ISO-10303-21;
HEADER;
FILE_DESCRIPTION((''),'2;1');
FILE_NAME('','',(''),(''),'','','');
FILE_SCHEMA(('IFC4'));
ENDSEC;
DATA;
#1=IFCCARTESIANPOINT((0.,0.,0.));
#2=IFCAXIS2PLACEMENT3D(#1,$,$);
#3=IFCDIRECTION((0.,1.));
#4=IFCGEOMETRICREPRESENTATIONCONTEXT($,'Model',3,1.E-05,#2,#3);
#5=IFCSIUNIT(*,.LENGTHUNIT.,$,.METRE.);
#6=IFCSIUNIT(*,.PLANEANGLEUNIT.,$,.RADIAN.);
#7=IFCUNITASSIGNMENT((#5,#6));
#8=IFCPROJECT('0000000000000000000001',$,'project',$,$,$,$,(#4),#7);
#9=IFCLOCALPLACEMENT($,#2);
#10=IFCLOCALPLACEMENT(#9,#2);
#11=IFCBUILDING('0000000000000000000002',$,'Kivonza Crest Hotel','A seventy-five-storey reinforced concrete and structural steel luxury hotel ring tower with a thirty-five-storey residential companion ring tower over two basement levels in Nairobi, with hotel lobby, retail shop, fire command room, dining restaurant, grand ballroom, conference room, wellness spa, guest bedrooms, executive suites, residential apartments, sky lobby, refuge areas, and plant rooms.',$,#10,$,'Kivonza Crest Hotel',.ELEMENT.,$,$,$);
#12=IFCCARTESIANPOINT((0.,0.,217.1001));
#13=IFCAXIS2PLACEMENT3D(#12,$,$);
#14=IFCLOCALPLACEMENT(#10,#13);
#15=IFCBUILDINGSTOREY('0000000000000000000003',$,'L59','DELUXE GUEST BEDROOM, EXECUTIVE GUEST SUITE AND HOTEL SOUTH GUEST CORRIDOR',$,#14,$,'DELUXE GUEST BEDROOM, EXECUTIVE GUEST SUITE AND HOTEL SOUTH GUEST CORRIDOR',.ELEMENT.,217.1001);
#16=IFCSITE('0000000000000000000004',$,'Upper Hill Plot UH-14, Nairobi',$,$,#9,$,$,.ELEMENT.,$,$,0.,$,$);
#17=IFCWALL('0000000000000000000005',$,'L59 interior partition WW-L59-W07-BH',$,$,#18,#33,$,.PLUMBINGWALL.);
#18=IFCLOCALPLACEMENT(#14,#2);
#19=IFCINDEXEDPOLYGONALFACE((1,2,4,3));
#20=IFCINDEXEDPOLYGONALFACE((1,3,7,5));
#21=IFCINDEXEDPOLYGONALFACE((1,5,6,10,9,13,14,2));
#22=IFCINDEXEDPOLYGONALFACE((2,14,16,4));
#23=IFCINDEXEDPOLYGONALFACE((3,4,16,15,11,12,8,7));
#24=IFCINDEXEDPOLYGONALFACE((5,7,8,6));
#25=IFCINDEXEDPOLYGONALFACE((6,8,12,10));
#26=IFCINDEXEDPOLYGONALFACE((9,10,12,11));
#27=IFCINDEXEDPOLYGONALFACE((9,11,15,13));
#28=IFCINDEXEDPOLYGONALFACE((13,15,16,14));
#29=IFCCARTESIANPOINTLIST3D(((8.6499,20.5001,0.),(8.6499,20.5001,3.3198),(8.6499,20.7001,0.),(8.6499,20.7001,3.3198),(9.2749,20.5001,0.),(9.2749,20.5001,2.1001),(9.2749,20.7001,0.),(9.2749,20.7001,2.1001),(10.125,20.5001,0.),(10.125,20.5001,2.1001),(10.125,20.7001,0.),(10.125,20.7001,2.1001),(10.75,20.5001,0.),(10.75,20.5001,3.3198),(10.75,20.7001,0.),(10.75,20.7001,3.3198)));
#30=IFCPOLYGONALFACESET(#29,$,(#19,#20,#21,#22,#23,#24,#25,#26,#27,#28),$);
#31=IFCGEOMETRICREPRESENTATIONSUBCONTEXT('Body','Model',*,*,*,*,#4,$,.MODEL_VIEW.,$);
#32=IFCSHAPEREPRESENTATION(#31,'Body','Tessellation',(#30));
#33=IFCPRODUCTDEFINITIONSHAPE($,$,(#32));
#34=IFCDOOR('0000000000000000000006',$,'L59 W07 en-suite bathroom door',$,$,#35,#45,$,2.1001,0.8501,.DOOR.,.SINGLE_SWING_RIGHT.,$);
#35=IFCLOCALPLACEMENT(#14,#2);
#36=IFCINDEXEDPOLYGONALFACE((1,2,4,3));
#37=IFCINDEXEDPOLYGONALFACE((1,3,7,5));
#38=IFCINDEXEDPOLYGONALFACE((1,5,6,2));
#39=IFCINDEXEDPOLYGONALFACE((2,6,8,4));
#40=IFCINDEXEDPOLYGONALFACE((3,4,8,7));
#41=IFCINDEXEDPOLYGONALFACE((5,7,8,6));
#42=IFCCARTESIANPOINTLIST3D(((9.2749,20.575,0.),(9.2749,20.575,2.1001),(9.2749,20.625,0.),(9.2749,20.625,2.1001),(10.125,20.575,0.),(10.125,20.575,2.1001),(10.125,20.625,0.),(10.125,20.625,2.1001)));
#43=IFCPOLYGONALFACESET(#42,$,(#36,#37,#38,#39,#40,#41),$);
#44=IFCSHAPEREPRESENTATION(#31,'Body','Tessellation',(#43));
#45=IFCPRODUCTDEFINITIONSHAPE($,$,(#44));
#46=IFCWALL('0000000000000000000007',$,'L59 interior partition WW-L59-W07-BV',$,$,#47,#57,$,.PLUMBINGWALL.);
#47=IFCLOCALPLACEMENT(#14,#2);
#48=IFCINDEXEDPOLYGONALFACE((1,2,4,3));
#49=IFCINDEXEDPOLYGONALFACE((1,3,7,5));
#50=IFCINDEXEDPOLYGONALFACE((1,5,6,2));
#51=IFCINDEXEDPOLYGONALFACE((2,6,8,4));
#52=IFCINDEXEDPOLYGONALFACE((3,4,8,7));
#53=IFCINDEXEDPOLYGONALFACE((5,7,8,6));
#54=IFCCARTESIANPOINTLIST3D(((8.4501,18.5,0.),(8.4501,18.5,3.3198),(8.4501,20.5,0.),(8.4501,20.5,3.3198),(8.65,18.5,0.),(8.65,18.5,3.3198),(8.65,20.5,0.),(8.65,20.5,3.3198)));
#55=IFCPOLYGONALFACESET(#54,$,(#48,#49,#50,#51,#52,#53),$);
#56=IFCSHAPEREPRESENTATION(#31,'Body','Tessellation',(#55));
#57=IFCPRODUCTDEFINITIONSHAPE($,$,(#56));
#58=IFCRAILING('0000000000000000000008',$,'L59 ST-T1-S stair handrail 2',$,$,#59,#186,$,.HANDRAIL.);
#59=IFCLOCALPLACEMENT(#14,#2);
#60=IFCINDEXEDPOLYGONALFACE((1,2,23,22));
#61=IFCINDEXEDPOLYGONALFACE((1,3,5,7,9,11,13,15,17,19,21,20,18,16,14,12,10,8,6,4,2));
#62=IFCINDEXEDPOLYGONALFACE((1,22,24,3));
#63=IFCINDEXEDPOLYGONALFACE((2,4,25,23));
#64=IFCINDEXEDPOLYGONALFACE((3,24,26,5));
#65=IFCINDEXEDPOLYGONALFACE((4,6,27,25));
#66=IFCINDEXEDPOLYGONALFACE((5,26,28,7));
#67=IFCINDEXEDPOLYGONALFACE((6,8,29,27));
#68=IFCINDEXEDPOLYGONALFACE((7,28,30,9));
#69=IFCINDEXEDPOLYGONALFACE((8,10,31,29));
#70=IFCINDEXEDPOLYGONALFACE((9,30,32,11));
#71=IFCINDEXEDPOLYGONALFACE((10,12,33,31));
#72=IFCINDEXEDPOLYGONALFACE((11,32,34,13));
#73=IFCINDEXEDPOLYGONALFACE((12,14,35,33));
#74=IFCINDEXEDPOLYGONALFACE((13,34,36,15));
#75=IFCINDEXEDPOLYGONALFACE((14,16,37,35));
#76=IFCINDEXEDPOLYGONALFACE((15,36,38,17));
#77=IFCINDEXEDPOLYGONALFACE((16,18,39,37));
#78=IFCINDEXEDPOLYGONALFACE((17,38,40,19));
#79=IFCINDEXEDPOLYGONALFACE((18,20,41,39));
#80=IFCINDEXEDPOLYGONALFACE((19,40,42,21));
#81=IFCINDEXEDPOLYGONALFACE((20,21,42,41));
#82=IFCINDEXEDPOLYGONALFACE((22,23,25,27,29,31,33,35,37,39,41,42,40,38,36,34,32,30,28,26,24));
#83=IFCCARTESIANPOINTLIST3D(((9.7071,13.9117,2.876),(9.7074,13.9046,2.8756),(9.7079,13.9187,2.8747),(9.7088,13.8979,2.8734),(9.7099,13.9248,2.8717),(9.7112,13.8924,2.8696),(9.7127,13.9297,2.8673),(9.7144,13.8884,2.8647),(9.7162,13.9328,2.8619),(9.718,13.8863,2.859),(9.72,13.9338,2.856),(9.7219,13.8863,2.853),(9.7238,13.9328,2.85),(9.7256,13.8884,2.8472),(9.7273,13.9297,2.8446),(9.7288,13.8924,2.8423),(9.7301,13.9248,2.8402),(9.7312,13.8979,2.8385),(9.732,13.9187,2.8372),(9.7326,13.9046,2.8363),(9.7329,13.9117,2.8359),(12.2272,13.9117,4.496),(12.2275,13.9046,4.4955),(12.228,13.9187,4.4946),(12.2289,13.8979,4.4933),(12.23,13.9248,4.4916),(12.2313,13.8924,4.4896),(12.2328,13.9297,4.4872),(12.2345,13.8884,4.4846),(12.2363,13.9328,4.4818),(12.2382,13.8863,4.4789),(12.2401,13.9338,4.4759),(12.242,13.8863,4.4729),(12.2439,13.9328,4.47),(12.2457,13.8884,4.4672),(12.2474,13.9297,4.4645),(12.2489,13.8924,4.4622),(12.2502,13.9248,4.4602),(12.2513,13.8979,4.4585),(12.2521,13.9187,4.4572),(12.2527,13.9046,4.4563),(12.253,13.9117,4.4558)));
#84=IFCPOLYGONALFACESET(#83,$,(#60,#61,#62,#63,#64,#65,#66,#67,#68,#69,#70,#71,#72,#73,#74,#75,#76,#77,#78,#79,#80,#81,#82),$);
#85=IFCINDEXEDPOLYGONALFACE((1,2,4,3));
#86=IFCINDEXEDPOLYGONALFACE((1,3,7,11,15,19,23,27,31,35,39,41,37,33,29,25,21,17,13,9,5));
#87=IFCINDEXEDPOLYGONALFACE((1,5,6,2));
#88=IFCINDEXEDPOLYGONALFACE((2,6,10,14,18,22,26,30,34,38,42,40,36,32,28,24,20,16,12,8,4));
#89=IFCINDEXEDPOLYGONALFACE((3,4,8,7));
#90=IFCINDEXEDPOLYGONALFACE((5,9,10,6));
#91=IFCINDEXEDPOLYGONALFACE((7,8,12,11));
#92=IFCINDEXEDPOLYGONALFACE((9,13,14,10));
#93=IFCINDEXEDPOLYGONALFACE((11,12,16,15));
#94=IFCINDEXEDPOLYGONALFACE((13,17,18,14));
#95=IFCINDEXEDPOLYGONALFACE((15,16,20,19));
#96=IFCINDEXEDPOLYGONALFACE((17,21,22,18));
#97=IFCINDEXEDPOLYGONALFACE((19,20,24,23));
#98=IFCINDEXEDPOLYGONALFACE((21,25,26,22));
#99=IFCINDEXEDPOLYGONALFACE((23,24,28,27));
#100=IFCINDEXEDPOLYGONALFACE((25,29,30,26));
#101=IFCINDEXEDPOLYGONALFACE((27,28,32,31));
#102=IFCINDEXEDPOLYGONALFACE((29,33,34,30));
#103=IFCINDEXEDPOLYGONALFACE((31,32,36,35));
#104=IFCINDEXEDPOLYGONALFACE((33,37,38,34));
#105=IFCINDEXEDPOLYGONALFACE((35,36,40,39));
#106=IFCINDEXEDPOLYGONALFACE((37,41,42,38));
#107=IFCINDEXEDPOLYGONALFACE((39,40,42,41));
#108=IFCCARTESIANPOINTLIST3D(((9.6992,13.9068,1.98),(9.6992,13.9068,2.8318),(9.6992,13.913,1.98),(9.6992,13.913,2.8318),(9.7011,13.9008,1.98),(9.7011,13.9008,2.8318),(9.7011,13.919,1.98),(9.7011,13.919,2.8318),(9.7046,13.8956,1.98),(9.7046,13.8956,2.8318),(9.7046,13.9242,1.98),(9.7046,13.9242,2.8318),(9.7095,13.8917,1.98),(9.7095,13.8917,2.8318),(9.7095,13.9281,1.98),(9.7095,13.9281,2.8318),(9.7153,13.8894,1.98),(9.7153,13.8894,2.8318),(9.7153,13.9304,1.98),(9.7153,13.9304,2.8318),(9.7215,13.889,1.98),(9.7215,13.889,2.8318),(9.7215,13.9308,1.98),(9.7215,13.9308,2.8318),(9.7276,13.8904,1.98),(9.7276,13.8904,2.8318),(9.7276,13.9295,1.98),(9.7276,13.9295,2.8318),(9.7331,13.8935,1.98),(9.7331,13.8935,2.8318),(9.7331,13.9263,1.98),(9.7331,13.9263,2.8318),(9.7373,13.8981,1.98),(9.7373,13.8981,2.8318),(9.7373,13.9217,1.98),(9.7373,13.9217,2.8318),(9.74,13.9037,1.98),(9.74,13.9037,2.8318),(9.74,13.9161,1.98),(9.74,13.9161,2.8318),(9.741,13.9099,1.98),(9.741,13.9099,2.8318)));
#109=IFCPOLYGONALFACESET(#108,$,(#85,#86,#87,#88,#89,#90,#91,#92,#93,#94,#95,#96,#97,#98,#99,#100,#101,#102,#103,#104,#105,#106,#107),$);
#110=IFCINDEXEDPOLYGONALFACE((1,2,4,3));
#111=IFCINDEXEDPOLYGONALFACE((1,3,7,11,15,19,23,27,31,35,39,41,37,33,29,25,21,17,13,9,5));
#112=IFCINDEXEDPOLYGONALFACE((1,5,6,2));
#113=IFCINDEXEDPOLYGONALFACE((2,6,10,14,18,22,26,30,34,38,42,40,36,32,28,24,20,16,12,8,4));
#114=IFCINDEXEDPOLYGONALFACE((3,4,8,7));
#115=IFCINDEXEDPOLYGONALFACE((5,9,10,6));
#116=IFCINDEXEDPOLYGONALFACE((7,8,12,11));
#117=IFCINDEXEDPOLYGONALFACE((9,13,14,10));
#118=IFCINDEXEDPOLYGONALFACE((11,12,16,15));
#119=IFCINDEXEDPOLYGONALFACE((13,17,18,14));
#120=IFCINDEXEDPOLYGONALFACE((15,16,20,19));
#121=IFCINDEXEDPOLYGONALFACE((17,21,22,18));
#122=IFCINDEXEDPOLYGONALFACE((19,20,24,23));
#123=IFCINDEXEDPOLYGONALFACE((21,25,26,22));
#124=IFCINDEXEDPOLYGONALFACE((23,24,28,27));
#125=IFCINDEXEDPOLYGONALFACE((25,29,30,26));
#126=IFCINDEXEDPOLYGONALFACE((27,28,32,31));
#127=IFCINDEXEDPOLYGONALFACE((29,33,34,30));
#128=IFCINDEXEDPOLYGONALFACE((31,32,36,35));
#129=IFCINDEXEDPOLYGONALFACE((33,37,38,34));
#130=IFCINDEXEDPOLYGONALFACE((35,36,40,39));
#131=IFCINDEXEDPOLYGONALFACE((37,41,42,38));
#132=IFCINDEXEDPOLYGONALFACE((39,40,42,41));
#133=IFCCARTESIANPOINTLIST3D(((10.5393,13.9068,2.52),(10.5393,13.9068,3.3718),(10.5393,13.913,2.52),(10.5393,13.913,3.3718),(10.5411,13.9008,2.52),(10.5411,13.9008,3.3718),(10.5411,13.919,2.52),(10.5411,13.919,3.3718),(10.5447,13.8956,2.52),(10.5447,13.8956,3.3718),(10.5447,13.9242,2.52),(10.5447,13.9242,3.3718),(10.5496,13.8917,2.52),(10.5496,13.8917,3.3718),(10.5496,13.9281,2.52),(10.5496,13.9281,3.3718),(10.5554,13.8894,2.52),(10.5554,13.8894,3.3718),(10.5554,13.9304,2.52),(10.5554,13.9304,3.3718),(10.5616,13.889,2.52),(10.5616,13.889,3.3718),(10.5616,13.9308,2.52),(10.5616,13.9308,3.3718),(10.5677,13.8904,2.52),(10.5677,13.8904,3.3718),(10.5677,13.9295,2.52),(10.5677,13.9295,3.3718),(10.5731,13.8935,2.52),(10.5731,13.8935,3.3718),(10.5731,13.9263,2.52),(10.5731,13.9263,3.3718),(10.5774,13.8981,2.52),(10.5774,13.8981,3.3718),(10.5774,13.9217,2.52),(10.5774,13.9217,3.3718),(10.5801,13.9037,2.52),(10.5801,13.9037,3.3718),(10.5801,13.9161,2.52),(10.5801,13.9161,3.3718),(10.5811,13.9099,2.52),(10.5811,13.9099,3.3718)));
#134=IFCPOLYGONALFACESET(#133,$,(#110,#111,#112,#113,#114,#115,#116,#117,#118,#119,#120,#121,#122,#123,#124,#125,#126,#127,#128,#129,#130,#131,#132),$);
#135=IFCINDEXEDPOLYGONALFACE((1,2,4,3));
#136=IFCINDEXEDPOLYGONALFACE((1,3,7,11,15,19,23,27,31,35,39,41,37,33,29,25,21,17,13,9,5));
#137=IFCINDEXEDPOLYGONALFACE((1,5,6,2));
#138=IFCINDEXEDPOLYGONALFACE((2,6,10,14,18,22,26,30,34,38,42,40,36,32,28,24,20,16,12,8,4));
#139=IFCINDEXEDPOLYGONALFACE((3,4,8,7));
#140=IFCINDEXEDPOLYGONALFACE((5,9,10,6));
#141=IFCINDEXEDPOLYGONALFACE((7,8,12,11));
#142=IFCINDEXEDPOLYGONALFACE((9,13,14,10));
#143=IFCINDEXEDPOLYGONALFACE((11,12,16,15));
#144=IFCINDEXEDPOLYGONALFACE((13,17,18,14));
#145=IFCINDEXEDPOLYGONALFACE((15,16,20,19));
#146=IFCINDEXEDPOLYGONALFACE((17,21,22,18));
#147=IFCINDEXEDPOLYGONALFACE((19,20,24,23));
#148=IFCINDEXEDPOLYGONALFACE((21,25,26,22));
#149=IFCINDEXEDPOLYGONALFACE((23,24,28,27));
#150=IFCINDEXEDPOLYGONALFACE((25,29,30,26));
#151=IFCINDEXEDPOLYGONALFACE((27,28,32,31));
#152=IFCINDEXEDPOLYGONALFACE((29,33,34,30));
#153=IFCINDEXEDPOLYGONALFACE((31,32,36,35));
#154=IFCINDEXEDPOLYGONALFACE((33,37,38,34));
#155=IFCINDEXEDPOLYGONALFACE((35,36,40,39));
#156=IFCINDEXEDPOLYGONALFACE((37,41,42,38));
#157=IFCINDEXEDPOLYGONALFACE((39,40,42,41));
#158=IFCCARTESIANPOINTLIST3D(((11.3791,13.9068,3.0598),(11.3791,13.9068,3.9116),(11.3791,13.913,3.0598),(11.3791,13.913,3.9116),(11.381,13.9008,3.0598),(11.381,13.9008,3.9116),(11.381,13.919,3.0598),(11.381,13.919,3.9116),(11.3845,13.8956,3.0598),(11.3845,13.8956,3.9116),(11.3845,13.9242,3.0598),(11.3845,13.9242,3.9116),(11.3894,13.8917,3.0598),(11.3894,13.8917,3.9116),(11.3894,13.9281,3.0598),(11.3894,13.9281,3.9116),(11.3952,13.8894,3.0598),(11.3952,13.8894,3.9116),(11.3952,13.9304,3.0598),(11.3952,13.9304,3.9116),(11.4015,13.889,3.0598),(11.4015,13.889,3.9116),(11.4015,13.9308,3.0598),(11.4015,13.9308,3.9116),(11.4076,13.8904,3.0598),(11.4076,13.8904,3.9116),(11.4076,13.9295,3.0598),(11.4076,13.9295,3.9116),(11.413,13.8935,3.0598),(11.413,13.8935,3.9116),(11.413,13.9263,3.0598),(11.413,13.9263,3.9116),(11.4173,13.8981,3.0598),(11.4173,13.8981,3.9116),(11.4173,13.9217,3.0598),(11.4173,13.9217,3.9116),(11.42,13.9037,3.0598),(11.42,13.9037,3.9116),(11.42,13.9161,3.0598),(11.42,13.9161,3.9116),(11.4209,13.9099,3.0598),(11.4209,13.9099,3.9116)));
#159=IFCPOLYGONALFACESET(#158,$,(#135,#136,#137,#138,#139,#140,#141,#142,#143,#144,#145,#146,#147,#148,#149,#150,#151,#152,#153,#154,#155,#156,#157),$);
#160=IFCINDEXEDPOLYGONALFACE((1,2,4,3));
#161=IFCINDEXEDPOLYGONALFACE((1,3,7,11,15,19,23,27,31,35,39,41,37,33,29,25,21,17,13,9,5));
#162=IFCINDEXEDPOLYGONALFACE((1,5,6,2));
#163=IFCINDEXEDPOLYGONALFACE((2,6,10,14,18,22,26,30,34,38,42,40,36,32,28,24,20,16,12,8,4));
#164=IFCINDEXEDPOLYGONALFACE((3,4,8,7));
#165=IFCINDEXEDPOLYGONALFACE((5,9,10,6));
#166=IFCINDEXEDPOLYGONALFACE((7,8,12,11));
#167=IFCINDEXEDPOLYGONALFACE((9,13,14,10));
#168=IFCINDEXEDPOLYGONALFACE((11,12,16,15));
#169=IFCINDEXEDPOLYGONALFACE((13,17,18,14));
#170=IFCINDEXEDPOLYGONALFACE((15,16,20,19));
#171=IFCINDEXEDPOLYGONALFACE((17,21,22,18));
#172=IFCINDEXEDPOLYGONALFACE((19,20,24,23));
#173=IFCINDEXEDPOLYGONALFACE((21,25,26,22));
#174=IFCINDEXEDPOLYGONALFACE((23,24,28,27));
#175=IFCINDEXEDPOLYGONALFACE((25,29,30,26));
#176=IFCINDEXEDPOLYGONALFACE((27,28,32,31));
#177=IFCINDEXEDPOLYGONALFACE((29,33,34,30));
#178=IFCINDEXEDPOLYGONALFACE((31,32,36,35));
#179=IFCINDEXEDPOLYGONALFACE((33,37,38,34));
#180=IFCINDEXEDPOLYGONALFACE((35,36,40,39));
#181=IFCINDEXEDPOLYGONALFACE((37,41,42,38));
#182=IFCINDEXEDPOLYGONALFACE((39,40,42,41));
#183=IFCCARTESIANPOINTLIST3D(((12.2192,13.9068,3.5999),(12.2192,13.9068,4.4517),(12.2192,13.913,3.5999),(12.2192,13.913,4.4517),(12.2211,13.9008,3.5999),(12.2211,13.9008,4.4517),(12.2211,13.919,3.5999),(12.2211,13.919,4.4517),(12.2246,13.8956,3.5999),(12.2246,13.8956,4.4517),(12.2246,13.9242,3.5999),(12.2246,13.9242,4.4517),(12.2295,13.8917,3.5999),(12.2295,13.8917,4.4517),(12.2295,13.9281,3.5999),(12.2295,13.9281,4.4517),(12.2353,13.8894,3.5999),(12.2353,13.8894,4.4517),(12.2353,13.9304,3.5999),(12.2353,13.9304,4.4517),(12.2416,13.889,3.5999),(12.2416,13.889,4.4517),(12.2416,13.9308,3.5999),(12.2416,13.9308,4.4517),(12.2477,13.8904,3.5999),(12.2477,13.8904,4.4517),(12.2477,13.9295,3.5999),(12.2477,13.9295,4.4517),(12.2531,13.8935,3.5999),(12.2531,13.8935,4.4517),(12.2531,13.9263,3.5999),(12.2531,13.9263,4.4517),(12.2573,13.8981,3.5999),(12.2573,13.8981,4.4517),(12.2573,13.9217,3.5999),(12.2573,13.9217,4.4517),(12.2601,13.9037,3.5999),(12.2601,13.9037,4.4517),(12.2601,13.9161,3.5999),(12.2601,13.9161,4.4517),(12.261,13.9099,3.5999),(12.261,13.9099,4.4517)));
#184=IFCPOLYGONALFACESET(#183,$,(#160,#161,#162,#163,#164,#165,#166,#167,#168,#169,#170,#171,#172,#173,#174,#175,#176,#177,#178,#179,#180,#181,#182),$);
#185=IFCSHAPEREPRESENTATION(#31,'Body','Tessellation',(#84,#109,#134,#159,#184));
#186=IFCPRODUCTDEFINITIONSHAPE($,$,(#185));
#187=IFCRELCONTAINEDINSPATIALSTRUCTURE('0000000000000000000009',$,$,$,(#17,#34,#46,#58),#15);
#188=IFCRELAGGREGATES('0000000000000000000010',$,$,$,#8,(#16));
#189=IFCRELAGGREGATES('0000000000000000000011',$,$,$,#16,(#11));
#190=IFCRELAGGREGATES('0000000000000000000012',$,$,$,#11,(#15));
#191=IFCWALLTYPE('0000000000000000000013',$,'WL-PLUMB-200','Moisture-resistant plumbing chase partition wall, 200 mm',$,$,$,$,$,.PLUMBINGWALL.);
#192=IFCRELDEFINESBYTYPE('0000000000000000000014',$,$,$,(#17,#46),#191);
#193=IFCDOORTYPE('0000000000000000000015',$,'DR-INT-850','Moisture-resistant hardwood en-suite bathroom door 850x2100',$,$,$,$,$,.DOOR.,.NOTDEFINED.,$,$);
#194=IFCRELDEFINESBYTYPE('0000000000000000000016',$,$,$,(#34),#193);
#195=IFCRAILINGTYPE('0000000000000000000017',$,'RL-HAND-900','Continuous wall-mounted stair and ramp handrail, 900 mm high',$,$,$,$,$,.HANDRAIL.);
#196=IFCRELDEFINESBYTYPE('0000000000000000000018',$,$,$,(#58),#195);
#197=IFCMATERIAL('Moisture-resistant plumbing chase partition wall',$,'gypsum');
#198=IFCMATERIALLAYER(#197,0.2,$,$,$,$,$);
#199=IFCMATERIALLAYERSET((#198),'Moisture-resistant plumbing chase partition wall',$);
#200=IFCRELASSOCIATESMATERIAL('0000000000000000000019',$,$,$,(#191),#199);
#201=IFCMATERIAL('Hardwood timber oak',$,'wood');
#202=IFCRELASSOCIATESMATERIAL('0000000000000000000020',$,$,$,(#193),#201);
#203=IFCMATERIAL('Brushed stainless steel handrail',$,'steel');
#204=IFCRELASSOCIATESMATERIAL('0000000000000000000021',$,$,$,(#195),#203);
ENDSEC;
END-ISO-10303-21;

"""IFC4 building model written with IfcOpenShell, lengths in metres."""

from ifc_helpers import new_model, si_unit, direction, frame, frame_2d, origin, origin_2d, place, context, subcontext, project, spatial, rectangle, circle, extrude, material, layer, layer_set, type_object, element, fill, save


model = new_model("IFC4")

# Units and contexts
model_context = context("Model", 3, precision=1e-05, world=origin(), true_north=direction((0.0, 1.0)))
body_context = subcontext(model_context, "Body", "Model", "MODEL_VIEW")
ifc_project = project(units=[si_unit("LENGTHUNIT", "METRE"), si_unit("PLANEANGLEUNIT", "RADIAN")], contexts=[model_context])

# Site, building, storey
site_placement = place(None, origin())
site = spatial("IfcSite", under=ifc_project, at=site_placement, Name="Upper Hill Plot UH-14, Nairobi", CompositionType="ELEMENT", RefElevation=0.0)
building_placement = place(site_placement, origin())
building = spatial("IfcBuilding", under=site, at=building_placement, Name="Kivonza Crest Hotel", Description="A seventy-five-storey reinforced concrete and structural steel luxury hotel ring tower with a thirty-five-storey residential companion ring tower over two basement levels in Nairobi, with hotel lobby, retail shop, fire command room, dining restaurant, grand ballroom, conference room, wellness spa, guest bedrooms, executive suites, residential apartments, sky lobby, refuge areas, and plant rooms.", LongName="Kivonza Crest Hotel", CompositionType="ELEMENT")
storey_placement = place(building_placement, frame((0.0, 0.0, 217.1001)))
storey = spatial("IfcBuildingStorey", under=building, at=storey_placement, Name="L59", Description="DELUXE GUEST BEDROOM, EXECUTIVE GUEST SUITE AND HOTEL SOUTH GUEST CORRIDOR", LongName="DELUXE GUEST BEDROOM, EXECUTIVE GUEST SUITE AND HOTEL SOUTH GUEST CORRIDOR", CompositionType="ELEMENT", Elevation=217.1001)

# Shared definitions
ifc_material_1 = material(Name="Hardwood timber oak", Category="wood")

# Wall, opening, door
ifc_material_2 = material(Name="Moisture-resistant plumbing chase partition wall", Category="gypsum")
ifc_layer_1 = layer(ifc_material_2, 0.2)
ifc_layer_set_1 = layer_set([ifc_layer_1], Name="Moisture-resistant plumbing chase partition wall")
wall_type_1 = type_object("IfcWallType", Name="WL-PLUMB-200", Description="Moisture-resistant plumbing chase partition wall, 200 mm", PredefinedType="PLUMBINGWALL", material=ifc_layer_set_1)
wall_1_placement = place(storey_placement, frame((8.6499, 20.6001, 0.0), z_axis=(0.0, 0.0, 1.0), x_axis=(1.0, 0.0, 0.0)))
wall_1 = element("IfcWall", 1, at=wall_1_placement, inside=storey, type_object=wall_type_1, Name="L59 interior partition WW-L59-W07-BH", PredefinedType="PLUMBINGWALL", context=body_context, shape_type="SweptSolid", body=[
    extrude(rectangle(XDim=2.1001, YDim=0.2, at=frame_2d((1.05, 0.0))), origin(), (0.0, 0.0, 1.0), 3.3198),
])
opening_1_placement = place(wall_1_placement, frame((0.625, 0.0, 0.0)))
opening_1 = element("IfcOpeningElement", 2, at=opening_1_placement, cuts=wall_1, PredefinedType="OPENING", context=body_context, shape_type="SweptSolid", body=[
    extrude(rectangle(XDim=0.8501, YDim=2.1001, at=frame_2d((0.425, 1.05))), frame((0.0, 0.1099, 0.0), z_axis=(0.0, -1.0, 0.0), x_axis=(1.0, 0.0, 0.0)), (0.0, 0.0, 1.0), 0.22),
])
door_type_1 = type_object("IfcDoorType", Name="DR-INT-850", Description="Moisture-resistant hardwood en-suite bathroom door 850x2100", OperationType="NOTDEFINED", PredefinedType="DOOR", material=ifc_material_1)
door_1_placement = place(opening_1_placement, origin())
door_1 = element("IfcDoor", 3, at=door_1_placement, inside=storey, type_object=door_type_1, Name="L59 W07 en-suite bathroom door", OperationType="SINGLE_SWING_RIGHT", OverallHeight=2.1001, OverallWidth=0.8501, PredefinedType="DOOR", context=body_context, shape_type="SweptSolid", body=[
    extrude(rectangle(XDim=0.8501, YDim=2.1001, at=frame_2d((0.425, 1.05))), frame((0.0, 0.0249, 0.0), z_axis=(0.0, -1.0, 0.0), x_axis=(1.0, 0.0, 0.0)), (0.0, 0.0, 1.0), 0.05),
])
fill(opening_1, door_1)

# Wall
wall_2_placement = place(storey_placement, frame((8.55, 18.5, 0.0), z_axis=(0.0, 0.0, 1.0), x_axis=(0.0, 1.0, 0.0)))
element("IfcWall", 4, at=wall_2_placement, inside=storey, type_object=wall_type_1, Name="L59 interior partition WW-L59-W07-BV", PredefinedType="PLUMBINGWALL", context=body_context, shape_type="SweptSolid", body=[
    extrude(rectangle(XDim=2.0, YDim=0.2, at=frame_2d((1.0, 0.0))), origin(), (0.0, 0.0, 1.0), 3.3198),
])

# Railing
ifc_material_3 = material(Name="Brushed stainless steel handrail", Category="steel")
railing_type_1 = type_object("IfcRailingType", Name="RL-HAND-900", Description="Continuous wall-mounted stair and ramp handrail, 900 mm high", PredefinedType="HANDRAIL", material=ifc_material_3)
railing_1_placement = place(storey_placement, frame((9.72, 13.9099, 1.98)))
element("IfcRailing", 5, at=railing_1_placement, inside=storey, type_object=railing_type_1, Name="L59 ST-T1-S stair handrail 2", PredefinedType="HANDRAIL", context=body_context, shape_type="SweptSolid", body=[
    extrude(circle(Radius=0.0239, at=origin_2d()), frame((0.0, 0.0, 0.876), z_axis=(0.8412, 0.0, 0.540725), x_axis=(0.0, 1.0, 0.0)), (0.0, 0.0, 1.0), 2.9958),
    extrude(circle(Radius=0.021, at=origin_2d()), origin(), (0.0, 0.0, 1.0), 0.8518),
    extrude(circle(Radius=0.021, at=origin_2d()), frame((0.8401, 0.0, 0.54)), (0.0, 0.0, 1.0), 0.8518),
    extrude(circle(Radius=0.021, at=origin_2d()), frame((1.6799, 0.0, 1.0798)), (0.0, 0.0, 1.0), 0.8518),
    extrude(circle(Radius=0.021, at=origin_2d()), frame((2.52, 0.0, 1.6199)), (0.0, 0.0, 1.0), 0.8518),
])

save(model, "model.ifc")
